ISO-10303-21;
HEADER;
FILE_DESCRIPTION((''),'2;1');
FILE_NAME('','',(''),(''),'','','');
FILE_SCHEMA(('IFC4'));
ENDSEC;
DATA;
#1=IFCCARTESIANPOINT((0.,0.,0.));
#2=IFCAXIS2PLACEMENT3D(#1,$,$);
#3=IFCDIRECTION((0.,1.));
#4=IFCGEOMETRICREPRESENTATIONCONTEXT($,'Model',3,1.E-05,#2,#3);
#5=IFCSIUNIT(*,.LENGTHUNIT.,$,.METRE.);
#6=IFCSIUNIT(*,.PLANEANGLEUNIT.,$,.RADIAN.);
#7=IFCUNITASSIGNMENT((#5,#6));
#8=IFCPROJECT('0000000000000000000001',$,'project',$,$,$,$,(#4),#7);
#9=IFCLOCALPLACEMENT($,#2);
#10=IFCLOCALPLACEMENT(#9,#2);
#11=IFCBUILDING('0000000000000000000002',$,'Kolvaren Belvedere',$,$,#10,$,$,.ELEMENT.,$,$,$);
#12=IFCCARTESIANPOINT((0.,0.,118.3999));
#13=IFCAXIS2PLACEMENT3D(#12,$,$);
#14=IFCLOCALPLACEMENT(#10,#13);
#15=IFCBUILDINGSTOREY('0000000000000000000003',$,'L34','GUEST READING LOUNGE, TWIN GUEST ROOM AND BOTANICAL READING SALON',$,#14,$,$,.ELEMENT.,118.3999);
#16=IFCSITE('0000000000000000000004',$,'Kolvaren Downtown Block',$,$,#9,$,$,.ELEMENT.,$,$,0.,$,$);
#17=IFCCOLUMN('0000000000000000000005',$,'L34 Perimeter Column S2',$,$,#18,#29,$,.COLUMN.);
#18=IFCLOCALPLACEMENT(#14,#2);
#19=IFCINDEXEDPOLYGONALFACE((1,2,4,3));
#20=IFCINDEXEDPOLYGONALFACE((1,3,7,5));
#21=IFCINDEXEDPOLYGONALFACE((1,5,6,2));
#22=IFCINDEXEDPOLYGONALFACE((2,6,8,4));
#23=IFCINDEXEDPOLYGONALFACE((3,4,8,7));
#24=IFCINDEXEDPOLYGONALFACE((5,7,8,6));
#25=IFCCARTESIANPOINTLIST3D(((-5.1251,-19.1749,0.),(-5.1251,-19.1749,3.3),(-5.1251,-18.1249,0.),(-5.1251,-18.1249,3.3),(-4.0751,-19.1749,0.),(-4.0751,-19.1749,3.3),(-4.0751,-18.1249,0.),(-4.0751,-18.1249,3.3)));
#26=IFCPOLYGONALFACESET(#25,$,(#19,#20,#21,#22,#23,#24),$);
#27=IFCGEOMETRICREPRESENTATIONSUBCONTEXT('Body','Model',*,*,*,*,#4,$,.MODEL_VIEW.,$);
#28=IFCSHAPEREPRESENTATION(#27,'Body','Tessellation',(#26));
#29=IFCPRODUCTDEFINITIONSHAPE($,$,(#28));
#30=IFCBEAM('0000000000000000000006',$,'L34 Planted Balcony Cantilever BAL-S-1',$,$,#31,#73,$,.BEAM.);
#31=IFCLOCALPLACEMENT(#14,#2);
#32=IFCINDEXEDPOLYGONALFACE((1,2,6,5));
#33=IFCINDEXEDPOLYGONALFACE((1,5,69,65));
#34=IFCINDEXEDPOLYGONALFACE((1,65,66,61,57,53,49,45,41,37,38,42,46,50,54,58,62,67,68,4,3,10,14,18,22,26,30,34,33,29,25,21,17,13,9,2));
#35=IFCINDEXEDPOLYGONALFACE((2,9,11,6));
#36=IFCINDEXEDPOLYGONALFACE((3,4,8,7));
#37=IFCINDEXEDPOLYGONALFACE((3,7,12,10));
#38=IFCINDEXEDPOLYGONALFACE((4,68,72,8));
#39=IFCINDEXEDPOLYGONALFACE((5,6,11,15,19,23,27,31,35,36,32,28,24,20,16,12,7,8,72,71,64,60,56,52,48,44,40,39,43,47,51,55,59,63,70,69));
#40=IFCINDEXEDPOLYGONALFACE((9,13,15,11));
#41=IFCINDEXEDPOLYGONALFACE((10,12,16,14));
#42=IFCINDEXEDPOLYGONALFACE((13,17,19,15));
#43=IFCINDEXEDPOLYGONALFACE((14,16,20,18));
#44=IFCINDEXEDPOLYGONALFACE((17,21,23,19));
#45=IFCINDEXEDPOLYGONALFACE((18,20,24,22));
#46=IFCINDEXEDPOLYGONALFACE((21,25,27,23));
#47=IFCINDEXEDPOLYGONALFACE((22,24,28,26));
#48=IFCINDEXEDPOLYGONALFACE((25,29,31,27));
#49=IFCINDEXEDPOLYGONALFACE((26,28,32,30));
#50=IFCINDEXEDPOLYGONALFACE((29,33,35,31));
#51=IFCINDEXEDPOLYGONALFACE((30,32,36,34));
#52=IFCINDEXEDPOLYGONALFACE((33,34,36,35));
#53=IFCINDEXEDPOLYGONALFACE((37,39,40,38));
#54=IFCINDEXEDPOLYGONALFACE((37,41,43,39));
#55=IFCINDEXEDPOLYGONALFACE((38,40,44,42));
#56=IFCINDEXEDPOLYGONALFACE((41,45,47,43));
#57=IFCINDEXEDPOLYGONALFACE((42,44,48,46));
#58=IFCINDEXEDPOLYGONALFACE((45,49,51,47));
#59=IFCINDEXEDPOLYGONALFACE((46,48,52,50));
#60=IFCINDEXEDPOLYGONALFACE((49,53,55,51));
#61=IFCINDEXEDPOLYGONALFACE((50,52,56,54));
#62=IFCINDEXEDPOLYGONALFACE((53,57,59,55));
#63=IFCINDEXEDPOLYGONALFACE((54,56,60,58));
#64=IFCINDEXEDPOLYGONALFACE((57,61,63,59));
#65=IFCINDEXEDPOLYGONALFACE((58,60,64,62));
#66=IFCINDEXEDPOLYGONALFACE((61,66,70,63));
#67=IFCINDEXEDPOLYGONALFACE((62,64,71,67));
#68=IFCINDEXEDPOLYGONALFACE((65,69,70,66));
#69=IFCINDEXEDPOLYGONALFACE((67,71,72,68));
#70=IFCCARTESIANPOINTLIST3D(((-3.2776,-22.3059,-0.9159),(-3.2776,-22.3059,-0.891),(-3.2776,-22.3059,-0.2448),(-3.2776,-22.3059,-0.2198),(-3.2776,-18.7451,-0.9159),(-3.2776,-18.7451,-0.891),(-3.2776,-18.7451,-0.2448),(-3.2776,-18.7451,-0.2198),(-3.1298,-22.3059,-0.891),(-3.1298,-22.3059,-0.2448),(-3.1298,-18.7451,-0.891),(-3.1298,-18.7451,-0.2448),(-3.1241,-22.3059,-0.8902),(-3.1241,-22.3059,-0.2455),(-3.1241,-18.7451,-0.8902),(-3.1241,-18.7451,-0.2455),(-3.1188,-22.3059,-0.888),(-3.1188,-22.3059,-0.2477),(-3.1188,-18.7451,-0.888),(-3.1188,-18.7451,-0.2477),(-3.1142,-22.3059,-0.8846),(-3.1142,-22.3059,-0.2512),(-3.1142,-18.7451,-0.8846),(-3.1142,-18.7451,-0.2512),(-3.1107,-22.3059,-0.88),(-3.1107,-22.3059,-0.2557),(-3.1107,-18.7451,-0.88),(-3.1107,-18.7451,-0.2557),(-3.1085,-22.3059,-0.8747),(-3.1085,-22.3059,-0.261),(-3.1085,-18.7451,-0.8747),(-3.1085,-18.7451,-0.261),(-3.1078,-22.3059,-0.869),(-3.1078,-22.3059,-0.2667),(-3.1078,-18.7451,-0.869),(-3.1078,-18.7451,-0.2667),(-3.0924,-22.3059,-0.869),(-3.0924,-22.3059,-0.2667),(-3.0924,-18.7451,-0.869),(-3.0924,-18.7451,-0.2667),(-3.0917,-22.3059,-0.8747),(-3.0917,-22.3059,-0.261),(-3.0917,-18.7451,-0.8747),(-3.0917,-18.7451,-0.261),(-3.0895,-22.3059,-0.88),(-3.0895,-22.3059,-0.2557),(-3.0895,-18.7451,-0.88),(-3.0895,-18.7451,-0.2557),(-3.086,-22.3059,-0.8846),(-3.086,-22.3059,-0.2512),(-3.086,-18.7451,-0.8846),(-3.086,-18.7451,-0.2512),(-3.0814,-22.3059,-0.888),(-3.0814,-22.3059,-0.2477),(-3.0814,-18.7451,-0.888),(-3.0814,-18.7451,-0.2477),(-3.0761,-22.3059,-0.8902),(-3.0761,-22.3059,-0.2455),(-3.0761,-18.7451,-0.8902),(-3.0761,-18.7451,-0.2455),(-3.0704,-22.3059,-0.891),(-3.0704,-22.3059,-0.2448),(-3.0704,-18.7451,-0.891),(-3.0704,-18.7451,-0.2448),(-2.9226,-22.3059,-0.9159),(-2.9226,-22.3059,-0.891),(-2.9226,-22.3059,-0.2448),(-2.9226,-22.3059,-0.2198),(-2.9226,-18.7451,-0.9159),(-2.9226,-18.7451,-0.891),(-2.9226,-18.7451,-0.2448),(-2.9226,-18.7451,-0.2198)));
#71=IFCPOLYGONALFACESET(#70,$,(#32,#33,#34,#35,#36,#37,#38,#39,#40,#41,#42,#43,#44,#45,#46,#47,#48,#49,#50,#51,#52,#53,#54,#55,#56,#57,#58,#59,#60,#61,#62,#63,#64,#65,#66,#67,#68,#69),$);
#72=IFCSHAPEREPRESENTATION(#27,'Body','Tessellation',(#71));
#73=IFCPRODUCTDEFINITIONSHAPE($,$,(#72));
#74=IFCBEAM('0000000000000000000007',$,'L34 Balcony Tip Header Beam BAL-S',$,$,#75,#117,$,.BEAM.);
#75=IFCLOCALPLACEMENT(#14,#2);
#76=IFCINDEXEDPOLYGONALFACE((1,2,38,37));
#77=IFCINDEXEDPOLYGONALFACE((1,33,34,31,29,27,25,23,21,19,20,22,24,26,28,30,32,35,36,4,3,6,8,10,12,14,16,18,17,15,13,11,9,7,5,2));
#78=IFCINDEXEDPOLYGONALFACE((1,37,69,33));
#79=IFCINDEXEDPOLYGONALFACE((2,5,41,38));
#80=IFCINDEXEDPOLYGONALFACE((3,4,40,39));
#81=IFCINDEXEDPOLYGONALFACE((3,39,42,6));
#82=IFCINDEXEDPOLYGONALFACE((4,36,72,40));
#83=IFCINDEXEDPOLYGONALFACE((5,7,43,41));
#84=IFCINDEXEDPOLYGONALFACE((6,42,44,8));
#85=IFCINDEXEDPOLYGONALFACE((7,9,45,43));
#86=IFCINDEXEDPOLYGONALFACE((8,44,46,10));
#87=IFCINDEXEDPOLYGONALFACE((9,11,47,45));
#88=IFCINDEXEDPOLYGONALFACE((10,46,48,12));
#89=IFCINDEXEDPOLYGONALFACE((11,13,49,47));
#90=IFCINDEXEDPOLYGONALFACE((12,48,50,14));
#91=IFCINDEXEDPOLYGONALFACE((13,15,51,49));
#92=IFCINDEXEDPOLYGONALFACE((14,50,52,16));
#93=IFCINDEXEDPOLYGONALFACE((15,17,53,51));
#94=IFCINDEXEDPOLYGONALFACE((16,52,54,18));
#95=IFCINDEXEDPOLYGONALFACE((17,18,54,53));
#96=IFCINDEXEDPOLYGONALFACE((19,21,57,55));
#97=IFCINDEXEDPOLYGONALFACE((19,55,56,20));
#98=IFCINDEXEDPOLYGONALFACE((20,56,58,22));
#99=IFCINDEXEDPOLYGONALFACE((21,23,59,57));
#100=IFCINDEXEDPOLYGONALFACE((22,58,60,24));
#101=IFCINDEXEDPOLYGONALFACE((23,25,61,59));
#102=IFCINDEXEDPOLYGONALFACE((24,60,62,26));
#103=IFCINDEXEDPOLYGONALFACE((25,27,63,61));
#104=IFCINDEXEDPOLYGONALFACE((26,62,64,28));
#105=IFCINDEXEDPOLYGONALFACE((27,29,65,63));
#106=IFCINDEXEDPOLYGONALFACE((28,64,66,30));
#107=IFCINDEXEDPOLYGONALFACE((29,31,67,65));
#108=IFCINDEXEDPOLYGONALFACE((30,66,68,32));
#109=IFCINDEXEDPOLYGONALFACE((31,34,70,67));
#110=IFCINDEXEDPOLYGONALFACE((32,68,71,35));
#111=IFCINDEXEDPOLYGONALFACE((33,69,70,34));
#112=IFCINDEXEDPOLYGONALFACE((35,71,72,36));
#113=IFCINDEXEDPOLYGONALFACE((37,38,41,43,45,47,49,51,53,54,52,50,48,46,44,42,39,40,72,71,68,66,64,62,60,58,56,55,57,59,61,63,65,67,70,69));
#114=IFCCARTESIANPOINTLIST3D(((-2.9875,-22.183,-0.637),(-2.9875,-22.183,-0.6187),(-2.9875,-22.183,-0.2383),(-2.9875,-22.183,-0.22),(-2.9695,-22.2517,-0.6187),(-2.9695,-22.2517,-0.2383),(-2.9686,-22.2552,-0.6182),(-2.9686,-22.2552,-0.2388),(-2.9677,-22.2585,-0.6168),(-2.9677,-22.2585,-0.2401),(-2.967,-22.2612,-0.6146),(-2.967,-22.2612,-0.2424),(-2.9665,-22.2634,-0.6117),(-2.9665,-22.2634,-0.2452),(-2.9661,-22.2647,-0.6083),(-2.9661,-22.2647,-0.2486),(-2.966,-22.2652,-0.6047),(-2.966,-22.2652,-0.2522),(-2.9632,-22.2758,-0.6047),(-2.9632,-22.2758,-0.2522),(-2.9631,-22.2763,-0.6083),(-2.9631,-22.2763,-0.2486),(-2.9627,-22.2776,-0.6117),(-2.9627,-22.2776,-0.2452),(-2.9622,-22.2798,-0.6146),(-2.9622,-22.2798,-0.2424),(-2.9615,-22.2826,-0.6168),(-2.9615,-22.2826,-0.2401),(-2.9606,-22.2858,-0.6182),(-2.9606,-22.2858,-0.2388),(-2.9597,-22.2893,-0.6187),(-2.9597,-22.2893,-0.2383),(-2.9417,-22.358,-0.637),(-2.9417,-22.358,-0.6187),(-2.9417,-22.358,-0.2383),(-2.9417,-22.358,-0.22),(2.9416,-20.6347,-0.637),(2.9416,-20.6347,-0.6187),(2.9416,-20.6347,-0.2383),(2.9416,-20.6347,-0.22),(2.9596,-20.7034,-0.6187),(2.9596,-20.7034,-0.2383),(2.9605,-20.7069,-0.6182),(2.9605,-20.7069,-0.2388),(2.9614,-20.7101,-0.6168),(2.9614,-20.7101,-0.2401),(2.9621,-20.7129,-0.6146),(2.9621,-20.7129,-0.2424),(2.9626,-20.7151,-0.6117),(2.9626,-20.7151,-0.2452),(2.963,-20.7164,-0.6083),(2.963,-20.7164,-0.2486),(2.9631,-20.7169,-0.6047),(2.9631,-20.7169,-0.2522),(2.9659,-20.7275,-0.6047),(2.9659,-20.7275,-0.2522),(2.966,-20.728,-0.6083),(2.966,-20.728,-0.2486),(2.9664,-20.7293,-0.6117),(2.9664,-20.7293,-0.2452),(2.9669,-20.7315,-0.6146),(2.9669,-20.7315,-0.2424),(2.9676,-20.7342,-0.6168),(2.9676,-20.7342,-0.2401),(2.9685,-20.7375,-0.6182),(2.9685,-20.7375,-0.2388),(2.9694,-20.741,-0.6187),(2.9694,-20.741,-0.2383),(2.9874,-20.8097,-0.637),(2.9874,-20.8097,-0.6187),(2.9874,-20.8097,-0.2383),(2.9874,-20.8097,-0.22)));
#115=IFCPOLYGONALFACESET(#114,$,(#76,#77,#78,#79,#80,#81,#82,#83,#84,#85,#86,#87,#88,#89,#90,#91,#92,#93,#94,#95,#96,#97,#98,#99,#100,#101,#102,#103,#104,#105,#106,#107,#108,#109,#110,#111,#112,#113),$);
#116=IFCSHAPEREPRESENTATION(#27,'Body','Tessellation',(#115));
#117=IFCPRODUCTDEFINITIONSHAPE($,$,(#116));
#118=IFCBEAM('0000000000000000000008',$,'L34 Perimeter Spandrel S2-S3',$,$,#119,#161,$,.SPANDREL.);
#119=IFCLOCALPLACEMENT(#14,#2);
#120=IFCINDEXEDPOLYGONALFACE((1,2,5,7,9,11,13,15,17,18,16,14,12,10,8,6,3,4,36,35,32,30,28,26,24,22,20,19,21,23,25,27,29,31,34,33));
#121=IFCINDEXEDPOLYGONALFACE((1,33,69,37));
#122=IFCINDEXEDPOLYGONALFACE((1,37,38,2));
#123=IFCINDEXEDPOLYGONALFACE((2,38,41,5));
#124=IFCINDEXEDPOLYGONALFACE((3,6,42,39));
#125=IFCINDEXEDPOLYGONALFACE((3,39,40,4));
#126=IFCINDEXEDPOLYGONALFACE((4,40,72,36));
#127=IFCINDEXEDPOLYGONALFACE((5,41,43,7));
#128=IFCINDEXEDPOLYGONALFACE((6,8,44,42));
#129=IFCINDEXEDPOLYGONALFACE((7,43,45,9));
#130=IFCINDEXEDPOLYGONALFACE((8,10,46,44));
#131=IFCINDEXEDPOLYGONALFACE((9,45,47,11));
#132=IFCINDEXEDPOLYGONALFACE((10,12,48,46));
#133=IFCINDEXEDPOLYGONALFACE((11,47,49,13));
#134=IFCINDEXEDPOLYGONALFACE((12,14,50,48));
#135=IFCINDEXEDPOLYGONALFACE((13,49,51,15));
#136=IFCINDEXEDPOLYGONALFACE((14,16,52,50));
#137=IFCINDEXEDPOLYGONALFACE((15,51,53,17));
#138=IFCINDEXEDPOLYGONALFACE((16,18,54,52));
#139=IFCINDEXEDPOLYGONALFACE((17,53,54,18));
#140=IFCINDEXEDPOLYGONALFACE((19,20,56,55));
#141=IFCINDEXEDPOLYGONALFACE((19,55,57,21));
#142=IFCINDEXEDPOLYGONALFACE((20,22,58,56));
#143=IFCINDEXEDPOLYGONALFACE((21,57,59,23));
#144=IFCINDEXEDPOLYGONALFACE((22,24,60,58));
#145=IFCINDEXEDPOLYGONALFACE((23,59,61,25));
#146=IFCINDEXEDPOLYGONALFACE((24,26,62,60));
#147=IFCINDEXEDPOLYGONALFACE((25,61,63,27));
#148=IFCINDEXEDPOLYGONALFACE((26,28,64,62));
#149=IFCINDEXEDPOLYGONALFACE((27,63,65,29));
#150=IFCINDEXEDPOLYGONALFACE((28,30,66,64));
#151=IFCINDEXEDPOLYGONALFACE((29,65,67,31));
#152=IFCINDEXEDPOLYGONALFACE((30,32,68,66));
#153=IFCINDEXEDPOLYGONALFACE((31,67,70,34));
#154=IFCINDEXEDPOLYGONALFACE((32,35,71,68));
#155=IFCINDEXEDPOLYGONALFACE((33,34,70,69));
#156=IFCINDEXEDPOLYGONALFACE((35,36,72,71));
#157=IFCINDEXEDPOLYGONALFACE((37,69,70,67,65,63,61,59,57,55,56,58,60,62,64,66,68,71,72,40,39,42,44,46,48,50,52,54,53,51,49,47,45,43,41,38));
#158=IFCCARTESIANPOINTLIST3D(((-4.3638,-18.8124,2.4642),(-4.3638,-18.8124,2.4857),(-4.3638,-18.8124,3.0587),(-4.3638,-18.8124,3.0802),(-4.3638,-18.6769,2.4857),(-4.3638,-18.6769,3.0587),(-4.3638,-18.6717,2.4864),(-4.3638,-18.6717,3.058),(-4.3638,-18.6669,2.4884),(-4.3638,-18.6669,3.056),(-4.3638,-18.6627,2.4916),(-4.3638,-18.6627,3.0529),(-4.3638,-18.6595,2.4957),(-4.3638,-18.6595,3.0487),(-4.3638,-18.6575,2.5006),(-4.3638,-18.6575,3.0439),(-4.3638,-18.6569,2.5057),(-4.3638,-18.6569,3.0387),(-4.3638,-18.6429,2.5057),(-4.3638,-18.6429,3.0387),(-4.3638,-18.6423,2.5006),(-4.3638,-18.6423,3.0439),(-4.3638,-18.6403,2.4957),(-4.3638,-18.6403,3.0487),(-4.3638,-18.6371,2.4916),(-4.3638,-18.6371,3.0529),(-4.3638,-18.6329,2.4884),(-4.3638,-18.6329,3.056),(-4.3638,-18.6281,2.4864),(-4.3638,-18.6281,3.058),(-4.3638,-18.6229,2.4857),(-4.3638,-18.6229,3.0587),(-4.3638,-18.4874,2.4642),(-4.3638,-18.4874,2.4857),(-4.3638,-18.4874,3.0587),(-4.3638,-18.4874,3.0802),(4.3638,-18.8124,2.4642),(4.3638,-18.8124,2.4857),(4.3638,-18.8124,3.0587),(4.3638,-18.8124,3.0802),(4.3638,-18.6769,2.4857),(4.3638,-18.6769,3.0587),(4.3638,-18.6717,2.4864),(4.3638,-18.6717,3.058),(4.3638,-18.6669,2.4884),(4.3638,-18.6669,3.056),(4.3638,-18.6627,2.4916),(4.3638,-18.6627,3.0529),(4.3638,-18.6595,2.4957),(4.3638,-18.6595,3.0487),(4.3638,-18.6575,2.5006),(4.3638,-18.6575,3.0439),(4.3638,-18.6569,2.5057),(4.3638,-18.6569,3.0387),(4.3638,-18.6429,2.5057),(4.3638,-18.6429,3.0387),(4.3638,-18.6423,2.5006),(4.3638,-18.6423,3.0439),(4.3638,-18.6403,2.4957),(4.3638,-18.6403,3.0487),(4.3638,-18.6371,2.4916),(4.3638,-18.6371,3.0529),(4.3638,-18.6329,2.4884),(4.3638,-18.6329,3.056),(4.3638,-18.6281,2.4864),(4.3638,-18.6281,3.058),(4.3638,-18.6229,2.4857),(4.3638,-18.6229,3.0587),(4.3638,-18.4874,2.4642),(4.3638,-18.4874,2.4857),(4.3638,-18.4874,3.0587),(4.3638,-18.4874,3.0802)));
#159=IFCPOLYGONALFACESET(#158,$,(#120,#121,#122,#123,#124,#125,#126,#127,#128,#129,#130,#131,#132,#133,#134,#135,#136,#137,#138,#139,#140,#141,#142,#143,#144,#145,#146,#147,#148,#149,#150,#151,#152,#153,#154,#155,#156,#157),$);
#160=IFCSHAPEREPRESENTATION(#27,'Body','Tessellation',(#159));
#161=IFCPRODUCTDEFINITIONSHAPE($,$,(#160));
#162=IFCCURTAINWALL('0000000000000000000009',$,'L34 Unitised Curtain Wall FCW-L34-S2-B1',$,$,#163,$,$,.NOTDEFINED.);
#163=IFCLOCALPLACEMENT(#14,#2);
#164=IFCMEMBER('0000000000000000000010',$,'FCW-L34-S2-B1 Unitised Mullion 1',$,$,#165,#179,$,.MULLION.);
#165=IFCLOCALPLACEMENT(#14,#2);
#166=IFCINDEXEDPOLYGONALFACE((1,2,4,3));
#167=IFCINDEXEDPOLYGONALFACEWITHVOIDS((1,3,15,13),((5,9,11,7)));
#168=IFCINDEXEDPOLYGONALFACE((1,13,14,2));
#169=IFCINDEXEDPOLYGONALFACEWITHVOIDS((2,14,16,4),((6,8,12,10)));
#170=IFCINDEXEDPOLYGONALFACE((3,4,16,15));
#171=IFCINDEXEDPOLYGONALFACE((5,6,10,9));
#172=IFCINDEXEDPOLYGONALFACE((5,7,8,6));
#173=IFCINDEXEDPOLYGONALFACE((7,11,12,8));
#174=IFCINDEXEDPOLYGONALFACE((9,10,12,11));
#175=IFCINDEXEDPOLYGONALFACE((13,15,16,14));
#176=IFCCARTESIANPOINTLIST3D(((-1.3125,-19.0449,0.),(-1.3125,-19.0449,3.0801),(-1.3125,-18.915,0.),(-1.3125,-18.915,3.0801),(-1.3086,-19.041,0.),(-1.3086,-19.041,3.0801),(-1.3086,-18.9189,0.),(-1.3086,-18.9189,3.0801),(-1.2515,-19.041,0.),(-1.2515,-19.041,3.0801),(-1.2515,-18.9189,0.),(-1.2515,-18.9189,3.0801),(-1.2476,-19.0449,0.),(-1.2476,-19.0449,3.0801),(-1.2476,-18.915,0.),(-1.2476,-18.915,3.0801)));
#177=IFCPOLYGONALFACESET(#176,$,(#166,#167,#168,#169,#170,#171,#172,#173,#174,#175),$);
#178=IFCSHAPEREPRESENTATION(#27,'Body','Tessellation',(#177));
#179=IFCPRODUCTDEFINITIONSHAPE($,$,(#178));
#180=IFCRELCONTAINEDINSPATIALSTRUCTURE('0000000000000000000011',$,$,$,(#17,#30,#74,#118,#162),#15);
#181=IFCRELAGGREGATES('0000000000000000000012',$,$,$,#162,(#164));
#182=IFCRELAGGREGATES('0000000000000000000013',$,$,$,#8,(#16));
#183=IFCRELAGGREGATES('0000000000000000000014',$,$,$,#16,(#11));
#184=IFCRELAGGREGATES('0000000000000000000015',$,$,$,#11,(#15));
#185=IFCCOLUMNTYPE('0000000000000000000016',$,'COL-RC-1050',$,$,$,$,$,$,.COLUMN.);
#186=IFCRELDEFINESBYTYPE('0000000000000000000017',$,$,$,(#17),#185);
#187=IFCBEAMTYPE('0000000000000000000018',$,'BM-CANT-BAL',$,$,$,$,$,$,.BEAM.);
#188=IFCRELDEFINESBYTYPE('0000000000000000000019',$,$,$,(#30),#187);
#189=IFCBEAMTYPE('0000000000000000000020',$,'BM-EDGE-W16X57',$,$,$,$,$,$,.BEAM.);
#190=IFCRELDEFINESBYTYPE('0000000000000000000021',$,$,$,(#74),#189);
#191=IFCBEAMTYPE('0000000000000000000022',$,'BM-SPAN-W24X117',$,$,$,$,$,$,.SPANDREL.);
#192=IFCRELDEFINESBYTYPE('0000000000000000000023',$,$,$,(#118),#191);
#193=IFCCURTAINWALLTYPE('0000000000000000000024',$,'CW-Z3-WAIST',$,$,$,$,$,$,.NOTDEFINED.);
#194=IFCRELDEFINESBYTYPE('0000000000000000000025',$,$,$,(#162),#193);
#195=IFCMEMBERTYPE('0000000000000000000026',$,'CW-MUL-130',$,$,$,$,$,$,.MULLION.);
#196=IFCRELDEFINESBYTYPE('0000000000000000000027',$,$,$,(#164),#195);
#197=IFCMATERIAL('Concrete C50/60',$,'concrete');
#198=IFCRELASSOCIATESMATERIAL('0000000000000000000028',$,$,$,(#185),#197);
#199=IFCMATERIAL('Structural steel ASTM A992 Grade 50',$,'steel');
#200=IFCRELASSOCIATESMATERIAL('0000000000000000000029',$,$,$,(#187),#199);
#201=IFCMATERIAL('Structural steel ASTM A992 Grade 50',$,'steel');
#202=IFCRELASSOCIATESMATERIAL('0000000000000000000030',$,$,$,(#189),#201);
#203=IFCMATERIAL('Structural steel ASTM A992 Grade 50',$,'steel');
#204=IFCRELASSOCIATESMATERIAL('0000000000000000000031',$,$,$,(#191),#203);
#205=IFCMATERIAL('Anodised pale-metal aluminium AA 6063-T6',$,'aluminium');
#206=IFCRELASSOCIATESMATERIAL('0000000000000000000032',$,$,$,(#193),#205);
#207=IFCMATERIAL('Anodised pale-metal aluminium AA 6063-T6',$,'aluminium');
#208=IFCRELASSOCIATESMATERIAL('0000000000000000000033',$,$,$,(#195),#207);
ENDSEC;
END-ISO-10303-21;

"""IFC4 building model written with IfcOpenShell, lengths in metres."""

from ifc_helpers import new_model, si_unit, direction, frame, origin, origin_2d, place, context, subcontext, project, spatial, rectangle, hollow_rectangle, i_section, extrude, material, material_profile, profile_set, type_object, element, aggregate, save


model = new_model("IFC4")

# Units and contexts
model_context = context("Model", 3, precision=1e-05, world=origin(), true_north=direction((0.0, 1.0)))
body_context = subcontext(model_context, "Body", "Model", "MODEL_VIEW")
ifc_project = project(units=[si_unit("LENGTHUNIT", "METRE"), si_unit("PLANEANGLEUNIT", "RADIAN")], contexts=[model_context])

# Site, building, storey
site_placement = place(None, origin())
site = spatial("IfcSite", under=ifc_project, at=site_placement, Name="Kolvaren Downtown Block", CompositionType="ELEMENT", RefElevation=0.0)
building_placement = place(site_placement, origin())
building = spatial("IfcBuilding", under=site, at=building_placement, Name="Kolvaren Belvedere", CompositionType="ELEMENT")
storey_placement = place(building_placement, frame((0.0, 0.0, 118.3999)))
storey = spatial("IfcBuildingStorey", under=building, at=storey_placement, Name="L34", Description="GUEST READING LOUNGE, TWIN GUEST ROOM AND BOTANICAL READING SALON", CompositionType="ELEMENT", Elevation=118.3999)

# Column
ifc_material_1 = material(Name="Concrete C50/60", Category="concrete")
ifc_material_profile_1 = material_profile(ifc_material_1, rectangle(XDim=1.05, YDim=1.05, at=origin_2d()), Name="RC 1050X1050")
ifc_profile_set_1 = profile_set([ifc_material_profile_1], Name="Concrete C50/60")
column_type = type_object("IfcColumnType", Name="COL-RC-1050", PredefinedType="COLUMN", material=ifc_profile_set_1)
column_placement = place(storey_placement, frame((-4.6001, -18.6499, 0.0), z_axis=(0.0, 0.0, 1.0), x_axis=(1.0, 0.0, 0.0)))
element("IfcColumn", 1, at=column_placement, inside=storey, type_object=column_type, Name="L34 Perimeter Column S2", PredefinedType="COLUMN", context=body_context, shape_type="SweptSolid", body=[
    extrude(rectangle(XDim=1.05, YDim=1.05, at=origin_2d()), origin(), (0.0, 0.0, 1.0), 3.3),
])

# Beams
ifc_material_2 = material(Name="Structural steel ASTM A992 Grade 50", Category="steel")
ifc_material_profile_2 = material_profile(ifc_material_2, i_section(OverallWidth=0.355, OverallDepth=0.696, WebThickness=0.0154, FlangeThickness=0.0249, FilletRadius=0.022, at=origin_2d()), Name="W27X146")
ifc_profile_set_2 = profile_set([ifc_material_profile_2], Name="Structural steel ASTM A992 Grade 50")
beam_type_1 = type_object("IfcBeamType", Name="BM-CANT-BAL", PredefinedType="BEAM", material=ifc_profile_set_2)
beam_1_placement = place(storey_placement, frame((-3.1001, -18.7451, -0.5679), z_axis=(0.0, -1.0, 0.0), x_axis=(1.0, 0.0, 0.0)))
element("IfcBeam", 2, at=beam_1_placement, inside=storey, type_object=beam_type_1, Name="L34 Planted Balcony Cantilever BAL-S-1", PredefinedType="BEAM", context=body_context, shape_type="SweptSolid", body=[
    extrude(i_section(OverallWidth=0.355, OverallDepth=0.696, WebThickness=0.0154, FlangeThickness=0.0249, FilletRadius=0.022, at=origin_2d()), origin(), (0.0, 0.0, 1.0), 3.5608),
])
ifc_material_3 = material(Name="Structural steel ASTM A992 Grade 50", Category="steel")
ifc_material_profile_3 = material_profile(ifc_material_3, i_section(OverallWidth=0.1809, OverallDepth=0.417, WebThickness=0.011, FlangeThickness=0.0183, FilletRadius=0.0139, at=origin_2d()), Name="W16X57")
ifc_profile_set_3 = profile_set([ifc_material_profile_3], Name="Structural steel ASTM A992 Grade 50")
beam_type_2 = type_object("IfcBeamType", Name="BM-EDGE-W16X57", PredefinedType="BEAM", material=ifc_profile_set_3)
beam_2_placement = place(storey_placement, frame((-2.9646, -22.2705, -0.4285), z_axis=(0.967554, 0.252665, 0.0), x_axis=(-0.252665, 0.967554, 0.0)))
element("IfcBeam", 3, at=beam_2_placement, inside=storey, type_object=beam_type_2, Name="L34 Balcony Tip Header Beam BAL-S", PredefinedType="BEAM", context=body_context, shape_type="SweptSolid", body=[
    extrude(i_section(OverallWidth=0.1809, OverallDepth=0.417, WebThickness=0.011, FlangeThickness=0.0183, FilletRadius=0.0139, at=origin_2d()), origin(), (0.0, 0.0, 1.0), 6.1279),
])
ifc_material_4 = material(Name="Structural steel ASTM A992 Grade 50", Category="steel")
ifc_material_profile_4 = material_profile(ifc_material_4, i_section(OverallWidth=0.325, OverallDepth=0.616, WebThickness=0.0139, FlangeThickness=0.0215, FilletRadius=0.02, at=origin_2d()), Name="W24X117")
ifc_profile_set_4 = profile_set([ifc_material_profile_4], Name="Structural steel ASTM A992 Grade 50")
beam_type_3 = type_object("IfcBeamType", Name="BM-SPAN-W24X117", PredefinedType="SPANDREL", material=ifc_profile_set_4)
beam_3_placement = place(storey_placement, frame((-4.3638, -18.6499, 2.7722), z_axis=(1.0, 0.0, 0.0), x_axis=(0.0, 1.0, 0.0)))
element("IfcBeam", 4, at=beam_3_placement, inside=storey, type_object=beam_type_3, Name="L34 Perimeter Spandrel S2-S3", PredefinedType="SPANDREL", context=body_context, shape_type="SweptSolid", body=[
    extrude(i_section(OverallWidth=0.325, OverallDepth=0.616, WebThickness=0.0139, FlangeThickness=0.0215, FilletRadius=0.02, at=origin_2d()), origin(), (0.0, 0.0, 1.0), 8.7275),
])

# Curtain wall, member
ifc_material_5 = material(Name="Anodised pale-metal aluminium AA 6063-T6", Category="aluminium")
curtain_wall_type = type_object("IfcCurtainWallType", Name="CW-Z3-WAIST", PredefinedType="NOTDEFINED", material=ifc_material_5)
curtain_wall_1_placement = place(storey_placement, origin())
curtain_wall_1 = element("IfcCurtainWall", 5, at=curtain_wall_1_placement, inside=storey, type_object=curtain_wall_type, Name="L34 Unitised Curtain Wall FCW-L34-S2-B1", PredefinedType="NOTDEFINED")
ifc_material_6 = material(Name="Anodised pale-metal aluminium AA 6063-T6", Category="aluminium")
ifc_material_profile_5 = material_profile(ifc_material_6, hollow_rectangle(XDim=0.0649, YDim=0.1299, WallThickness=0.0039, at=origin_2d()), Name="ALU-MUL-130X65")
ifc_profile_set_5 = profile_set([ifc_material_profile_5], Name="Anodised pale-metal aluminium AA 6063-T6")
member_type_1 = type_object("IfcMemberType", Name="CW-MUL-130", PredefinedType="MULLION", material=ifc_profile_set_5)
member_1_placement = place(storey_placement, frame((-1.28, -18.98, 0.0), z_axis=(0.0, 0.0, 1.0), x_axis=(1.0, 0.0, 0.0)))
member_1 = element("IfcMember", 6, at=member_1_placement, type_object=member_type_1, Name="FCW-L34-S2-B1 Unitised Mullion 1", PredefinedType="MULLION", context=body_context, shape_type="SweptSolid", body=[
    extrude(hollow_rectangle(XDim=0.0649, YDim=0.1299, WallThickness=0.0039, at=origin_2d()), origin(), (0.0, 0.0, 1.0), 3.0801),
])

aggregate(curtain_wall_1, [member_1])

save(model, "model.ifc")
